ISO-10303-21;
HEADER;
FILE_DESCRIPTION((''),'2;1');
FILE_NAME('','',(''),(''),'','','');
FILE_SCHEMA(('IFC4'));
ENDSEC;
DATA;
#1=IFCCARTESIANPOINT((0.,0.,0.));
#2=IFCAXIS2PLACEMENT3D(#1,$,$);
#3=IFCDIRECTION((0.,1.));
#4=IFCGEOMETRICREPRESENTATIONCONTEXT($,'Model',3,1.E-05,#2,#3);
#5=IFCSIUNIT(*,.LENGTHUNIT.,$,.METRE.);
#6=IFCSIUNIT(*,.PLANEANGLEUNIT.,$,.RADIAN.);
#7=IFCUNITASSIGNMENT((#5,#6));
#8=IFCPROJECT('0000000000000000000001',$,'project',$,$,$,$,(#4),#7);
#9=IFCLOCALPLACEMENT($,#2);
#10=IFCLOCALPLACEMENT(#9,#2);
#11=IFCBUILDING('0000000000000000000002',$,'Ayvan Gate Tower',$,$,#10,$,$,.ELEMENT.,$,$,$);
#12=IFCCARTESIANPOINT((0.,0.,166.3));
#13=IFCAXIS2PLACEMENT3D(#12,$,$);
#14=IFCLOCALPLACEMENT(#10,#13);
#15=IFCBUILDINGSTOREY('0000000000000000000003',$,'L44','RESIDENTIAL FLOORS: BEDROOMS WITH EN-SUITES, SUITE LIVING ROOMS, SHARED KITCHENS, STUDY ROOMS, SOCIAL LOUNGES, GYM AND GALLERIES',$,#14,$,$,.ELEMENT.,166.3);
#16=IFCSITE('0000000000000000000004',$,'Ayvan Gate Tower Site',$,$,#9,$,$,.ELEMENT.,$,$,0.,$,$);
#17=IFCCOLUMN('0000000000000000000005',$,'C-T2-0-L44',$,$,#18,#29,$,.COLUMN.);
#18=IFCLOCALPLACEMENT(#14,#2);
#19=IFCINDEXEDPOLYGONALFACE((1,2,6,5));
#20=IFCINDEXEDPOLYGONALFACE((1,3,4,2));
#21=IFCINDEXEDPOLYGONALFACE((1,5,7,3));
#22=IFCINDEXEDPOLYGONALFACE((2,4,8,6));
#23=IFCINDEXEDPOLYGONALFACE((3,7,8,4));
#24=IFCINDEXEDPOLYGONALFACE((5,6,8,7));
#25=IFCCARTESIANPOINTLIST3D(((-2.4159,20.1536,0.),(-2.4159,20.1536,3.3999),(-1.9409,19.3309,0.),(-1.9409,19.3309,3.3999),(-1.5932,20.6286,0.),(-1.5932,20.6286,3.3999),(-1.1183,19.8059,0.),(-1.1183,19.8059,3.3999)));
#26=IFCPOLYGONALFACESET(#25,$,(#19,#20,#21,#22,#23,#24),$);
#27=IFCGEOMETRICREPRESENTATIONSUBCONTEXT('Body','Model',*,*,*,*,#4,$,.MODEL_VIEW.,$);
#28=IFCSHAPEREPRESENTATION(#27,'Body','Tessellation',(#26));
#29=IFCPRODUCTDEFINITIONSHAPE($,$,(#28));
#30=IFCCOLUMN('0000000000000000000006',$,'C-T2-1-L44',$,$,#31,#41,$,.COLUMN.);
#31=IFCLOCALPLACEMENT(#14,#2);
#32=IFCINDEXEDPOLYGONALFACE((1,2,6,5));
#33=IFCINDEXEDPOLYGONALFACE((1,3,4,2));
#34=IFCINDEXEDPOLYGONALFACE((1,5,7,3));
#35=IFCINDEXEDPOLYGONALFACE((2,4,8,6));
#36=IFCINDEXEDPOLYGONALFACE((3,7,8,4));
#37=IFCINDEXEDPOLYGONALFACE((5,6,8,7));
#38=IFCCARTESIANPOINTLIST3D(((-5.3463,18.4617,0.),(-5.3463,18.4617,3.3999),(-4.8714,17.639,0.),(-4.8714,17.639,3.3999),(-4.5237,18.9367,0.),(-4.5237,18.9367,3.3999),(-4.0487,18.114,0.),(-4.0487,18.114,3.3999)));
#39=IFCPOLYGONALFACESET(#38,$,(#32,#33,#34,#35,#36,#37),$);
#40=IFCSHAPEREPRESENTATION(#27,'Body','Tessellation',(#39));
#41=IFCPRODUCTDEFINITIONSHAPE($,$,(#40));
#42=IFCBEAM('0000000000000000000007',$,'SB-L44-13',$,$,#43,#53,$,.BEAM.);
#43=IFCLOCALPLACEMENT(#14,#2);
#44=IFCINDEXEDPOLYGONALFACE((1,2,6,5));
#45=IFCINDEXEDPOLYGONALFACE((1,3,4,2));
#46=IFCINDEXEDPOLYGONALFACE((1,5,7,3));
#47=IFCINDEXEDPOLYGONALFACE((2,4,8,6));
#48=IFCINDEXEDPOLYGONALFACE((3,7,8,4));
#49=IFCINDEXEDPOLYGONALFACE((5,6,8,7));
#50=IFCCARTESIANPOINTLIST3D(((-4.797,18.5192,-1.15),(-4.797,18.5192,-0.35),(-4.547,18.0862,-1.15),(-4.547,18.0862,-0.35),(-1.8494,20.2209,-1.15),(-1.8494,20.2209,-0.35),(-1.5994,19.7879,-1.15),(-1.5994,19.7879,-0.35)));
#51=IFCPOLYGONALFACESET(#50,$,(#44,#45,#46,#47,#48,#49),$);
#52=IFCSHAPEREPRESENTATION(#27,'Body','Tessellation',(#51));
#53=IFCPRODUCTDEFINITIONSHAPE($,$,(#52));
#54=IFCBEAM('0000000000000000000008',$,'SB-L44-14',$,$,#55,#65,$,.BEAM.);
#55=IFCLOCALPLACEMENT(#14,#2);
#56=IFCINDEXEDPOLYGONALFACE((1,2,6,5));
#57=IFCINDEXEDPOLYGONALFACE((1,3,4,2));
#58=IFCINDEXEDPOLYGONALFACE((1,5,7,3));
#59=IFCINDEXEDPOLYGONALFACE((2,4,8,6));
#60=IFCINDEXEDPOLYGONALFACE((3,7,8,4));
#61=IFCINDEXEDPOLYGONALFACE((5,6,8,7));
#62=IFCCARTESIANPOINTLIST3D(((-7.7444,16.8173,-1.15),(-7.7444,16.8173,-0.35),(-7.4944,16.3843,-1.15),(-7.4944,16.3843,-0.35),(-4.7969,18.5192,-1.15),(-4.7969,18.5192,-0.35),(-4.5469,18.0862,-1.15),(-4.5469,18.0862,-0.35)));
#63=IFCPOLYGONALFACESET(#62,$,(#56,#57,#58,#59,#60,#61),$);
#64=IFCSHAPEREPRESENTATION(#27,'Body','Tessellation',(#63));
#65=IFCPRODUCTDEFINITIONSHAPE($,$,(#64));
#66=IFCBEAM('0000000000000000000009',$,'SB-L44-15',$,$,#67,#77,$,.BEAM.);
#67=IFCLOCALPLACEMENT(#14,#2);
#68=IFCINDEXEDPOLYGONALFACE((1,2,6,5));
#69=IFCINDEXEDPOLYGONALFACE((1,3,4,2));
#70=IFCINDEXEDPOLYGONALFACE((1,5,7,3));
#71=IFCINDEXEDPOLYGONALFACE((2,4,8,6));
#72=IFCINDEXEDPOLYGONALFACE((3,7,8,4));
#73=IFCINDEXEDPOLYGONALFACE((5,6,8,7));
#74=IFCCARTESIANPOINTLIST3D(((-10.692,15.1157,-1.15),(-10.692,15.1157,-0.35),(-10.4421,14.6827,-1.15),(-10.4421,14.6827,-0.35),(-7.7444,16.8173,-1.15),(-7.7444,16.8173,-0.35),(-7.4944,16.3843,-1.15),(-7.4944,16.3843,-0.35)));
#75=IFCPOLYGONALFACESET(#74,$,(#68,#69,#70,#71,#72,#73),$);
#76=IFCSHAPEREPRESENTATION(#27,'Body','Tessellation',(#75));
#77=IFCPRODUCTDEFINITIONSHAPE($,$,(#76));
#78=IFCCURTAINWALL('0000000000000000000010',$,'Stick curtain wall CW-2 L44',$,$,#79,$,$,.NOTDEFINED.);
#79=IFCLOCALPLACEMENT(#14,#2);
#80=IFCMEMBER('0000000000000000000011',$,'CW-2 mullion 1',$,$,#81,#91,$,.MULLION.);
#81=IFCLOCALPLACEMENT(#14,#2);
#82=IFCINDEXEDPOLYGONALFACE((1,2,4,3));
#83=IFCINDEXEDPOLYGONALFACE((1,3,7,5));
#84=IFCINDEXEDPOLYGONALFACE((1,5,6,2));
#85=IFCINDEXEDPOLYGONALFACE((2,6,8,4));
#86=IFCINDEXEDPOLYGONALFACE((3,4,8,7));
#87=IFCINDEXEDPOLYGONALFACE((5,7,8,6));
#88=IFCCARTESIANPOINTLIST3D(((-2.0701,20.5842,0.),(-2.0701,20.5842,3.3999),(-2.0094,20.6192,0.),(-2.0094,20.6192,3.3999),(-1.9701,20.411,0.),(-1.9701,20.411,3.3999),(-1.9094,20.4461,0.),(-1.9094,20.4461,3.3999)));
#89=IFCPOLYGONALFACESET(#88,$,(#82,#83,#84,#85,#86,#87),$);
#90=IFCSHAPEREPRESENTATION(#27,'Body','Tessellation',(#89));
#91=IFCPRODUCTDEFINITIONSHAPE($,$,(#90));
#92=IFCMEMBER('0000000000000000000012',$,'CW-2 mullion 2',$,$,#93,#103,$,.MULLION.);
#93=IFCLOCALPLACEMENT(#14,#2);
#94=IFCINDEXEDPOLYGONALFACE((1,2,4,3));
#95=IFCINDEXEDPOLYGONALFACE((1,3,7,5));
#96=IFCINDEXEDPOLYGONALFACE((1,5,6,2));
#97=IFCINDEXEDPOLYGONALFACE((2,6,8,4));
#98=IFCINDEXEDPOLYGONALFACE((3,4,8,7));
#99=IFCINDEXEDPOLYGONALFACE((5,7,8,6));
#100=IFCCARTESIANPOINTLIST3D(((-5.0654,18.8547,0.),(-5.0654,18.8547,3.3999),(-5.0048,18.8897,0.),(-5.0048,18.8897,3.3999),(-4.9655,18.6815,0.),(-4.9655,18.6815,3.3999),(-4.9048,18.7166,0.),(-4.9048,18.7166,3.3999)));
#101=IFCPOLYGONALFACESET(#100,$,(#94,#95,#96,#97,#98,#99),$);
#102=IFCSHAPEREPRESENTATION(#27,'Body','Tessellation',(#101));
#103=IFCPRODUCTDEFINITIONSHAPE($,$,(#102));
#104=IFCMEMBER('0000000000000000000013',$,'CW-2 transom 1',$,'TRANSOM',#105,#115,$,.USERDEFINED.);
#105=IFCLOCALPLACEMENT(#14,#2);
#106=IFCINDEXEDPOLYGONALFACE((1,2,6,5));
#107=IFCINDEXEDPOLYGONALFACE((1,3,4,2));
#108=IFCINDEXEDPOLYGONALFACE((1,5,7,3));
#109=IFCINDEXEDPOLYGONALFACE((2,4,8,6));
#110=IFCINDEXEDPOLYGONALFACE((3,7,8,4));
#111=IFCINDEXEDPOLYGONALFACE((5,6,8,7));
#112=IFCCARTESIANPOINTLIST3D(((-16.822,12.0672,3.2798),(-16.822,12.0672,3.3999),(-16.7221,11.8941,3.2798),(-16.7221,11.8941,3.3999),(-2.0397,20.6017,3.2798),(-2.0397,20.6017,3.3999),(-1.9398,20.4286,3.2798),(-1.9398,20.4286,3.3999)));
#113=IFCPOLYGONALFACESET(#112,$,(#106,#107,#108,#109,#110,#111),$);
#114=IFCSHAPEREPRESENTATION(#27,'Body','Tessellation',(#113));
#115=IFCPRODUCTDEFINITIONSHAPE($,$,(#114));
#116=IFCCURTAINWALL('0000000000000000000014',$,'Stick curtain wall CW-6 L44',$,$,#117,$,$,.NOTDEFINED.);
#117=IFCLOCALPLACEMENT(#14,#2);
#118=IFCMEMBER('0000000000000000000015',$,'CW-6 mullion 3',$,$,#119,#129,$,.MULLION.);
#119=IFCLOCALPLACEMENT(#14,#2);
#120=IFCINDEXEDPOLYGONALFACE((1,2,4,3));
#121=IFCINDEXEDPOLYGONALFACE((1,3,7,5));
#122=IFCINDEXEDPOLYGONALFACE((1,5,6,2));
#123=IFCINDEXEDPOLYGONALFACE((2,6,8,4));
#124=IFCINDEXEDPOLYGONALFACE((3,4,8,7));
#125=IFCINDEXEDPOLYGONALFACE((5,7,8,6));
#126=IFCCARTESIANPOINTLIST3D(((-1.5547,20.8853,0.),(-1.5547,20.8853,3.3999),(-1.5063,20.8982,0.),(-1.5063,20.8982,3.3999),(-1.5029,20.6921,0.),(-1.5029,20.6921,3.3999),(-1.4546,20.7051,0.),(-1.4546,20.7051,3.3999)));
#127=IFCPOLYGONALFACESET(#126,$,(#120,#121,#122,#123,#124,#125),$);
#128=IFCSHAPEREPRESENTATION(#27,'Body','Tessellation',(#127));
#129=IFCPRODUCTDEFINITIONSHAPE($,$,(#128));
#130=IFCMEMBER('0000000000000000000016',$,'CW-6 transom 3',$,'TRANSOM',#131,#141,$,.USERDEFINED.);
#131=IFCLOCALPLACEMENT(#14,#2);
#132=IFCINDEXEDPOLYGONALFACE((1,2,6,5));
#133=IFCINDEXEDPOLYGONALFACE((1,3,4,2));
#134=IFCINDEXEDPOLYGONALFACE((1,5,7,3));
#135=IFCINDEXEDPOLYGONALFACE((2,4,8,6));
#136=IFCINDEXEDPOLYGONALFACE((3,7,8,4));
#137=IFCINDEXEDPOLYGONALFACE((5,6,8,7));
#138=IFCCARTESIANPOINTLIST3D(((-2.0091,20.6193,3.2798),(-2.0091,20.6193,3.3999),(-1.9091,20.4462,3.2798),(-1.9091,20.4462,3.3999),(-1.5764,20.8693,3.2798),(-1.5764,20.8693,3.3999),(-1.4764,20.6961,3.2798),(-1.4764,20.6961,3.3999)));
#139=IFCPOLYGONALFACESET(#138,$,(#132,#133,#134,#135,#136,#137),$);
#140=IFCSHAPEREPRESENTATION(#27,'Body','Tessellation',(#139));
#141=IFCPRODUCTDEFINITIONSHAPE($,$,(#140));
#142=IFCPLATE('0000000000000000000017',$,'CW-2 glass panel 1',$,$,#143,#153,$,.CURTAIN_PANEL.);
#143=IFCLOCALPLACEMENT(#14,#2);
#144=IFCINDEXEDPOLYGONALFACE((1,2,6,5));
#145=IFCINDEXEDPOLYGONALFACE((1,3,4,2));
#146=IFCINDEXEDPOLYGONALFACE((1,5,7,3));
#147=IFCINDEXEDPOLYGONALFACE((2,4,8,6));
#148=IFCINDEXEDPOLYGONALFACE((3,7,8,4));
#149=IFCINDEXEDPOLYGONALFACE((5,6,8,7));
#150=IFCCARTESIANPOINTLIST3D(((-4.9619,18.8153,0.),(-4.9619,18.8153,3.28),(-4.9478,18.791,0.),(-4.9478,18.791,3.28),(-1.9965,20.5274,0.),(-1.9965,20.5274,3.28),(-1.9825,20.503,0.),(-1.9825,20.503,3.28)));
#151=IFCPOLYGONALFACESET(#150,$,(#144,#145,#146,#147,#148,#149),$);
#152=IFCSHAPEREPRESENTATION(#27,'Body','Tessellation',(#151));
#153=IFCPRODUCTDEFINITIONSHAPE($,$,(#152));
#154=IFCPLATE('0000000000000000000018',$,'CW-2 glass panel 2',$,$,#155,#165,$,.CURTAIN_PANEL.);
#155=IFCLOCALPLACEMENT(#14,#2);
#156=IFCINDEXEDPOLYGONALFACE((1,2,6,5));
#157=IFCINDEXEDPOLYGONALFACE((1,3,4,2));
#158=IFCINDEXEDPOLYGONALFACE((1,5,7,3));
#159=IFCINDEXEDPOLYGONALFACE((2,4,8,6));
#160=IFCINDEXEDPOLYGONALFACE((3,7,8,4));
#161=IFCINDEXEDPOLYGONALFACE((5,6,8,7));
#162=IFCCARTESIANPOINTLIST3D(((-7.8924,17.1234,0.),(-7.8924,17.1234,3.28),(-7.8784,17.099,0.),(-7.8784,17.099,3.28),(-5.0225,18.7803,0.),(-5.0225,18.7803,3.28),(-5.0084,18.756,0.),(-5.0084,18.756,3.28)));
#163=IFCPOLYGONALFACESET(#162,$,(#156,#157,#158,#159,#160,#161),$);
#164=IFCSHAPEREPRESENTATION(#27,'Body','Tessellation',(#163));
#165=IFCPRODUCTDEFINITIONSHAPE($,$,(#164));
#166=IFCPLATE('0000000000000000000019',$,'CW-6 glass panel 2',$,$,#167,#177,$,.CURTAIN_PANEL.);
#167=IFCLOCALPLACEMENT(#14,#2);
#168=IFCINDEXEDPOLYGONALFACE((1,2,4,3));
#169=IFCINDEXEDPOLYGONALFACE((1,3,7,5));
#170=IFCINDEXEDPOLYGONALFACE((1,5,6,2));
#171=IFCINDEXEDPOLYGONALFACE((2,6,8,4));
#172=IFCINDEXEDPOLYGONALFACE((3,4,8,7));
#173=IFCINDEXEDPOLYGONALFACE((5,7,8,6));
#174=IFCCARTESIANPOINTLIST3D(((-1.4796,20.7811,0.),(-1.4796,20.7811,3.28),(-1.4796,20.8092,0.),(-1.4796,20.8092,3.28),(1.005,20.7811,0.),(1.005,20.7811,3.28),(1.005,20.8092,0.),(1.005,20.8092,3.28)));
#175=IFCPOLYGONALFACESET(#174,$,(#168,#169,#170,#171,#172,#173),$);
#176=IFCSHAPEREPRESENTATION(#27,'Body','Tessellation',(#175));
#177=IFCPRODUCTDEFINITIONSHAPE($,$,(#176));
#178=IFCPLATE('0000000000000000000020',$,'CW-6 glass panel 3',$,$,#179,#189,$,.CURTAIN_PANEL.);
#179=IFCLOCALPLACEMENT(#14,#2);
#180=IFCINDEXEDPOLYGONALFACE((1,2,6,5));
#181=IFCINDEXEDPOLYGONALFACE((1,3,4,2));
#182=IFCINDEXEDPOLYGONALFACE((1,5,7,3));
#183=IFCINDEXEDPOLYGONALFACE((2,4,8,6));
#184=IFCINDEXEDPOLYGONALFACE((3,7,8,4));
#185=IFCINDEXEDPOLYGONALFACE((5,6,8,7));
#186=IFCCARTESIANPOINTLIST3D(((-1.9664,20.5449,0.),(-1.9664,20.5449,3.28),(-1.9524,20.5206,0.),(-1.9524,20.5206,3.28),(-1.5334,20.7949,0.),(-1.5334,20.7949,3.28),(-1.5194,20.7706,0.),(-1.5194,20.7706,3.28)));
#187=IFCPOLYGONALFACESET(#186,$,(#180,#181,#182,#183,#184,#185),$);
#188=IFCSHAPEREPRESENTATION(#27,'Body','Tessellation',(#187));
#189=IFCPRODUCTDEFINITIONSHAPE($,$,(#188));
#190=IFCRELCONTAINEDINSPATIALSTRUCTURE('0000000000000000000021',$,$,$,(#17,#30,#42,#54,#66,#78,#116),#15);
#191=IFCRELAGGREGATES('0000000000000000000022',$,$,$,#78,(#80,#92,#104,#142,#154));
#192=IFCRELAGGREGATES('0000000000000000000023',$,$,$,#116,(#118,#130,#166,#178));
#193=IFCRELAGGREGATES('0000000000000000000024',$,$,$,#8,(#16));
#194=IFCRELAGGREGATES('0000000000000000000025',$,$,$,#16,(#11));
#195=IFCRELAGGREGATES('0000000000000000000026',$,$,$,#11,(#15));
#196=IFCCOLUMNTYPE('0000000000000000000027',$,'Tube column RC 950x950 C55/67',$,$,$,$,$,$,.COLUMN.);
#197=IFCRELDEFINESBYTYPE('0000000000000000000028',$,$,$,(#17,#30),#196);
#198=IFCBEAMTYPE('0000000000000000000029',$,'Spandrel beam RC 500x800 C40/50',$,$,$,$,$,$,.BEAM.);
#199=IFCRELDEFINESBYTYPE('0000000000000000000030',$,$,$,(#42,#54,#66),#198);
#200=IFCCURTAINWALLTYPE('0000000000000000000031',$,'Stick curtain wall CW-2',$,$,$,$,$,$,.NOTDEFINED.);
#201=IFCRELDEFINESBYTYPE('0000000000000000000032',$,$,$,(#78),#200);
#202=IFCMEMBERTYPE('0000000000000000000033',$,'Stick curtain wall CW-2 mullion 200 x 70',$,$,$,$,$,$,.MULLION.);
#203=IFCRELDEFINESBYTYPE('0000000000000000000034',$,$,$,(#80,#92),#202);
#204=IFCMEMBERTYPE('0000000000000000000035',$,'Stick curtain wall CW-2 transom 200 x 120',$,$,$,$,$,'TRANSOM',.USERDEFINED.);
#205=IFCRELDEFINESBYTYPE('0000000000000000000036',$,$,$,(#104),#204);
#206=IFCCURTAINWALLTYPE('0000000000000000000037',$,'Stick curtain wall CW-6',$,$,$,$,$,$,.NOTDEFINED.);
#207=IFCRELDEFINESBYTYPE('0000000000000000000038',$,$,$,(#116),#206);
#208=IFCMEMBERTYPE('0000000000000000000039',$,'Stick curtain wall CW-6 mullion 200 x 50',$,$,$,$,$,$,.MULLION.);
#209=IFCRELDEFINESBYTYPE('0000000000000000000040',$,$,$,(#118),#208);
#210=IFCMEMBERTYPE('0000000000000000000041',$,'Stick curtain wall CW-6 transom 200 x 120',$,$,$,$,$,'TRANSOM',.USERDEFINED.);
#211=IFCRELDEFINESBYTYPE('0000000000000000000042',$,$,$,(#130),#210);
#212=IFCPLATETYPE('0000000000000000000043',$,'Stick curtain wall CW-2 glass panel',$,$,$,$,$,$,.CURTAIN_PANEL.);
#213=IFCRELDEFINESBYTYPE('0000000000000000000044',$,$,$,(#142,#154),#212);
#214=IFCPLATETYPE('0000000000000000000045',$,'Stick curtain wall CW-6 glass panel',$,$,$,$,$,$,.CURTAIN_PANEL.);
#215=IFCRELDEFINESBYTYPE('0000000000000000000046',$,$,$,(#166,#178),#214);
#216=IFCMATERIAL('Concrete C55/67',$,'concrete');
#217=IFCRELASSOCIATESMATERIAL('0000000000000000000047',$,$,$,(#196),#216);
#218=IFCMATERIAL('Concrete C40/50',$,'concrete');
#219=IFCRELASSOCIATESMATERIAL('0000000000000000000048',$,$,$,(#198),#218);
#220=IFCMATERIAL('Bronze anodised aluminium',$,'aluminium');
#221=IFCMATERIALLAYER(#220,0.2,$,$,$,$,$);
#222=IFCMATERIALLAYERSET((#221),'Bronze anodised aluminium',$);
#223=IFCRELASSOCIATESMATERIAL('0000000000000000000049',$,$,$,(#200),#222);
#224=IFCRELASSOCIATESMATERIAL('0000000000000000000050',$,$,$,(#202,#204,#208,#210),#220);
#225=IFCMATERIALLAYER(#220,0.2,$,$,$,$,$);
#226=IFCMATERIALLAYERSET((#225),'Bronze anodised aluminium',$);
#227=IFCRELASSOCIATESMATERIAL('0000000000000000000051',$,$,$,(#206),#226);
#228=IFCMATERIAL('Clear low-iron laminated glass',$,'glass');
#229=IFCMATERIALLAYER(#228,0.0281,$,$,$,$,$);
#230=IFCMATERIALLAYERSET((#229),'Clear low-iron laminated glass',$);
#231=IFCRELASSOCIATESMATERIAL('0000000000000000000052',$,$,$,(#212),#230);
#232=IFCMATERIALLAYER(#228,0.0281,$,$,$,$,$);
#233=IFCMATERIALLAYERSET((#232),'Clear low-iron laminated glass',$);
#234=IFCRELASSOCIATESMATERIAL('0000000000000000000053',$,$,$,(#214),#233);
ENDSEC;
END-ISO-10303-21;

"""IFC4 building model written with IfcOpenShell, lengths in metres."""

from ifc_helpers import new_model, si_unit, direction, frame, origin, origin_2d, place, context, subcontext, project, spatial, rectangle, extrude, material, layer, layer_set, material_profile, profile_set, type_object, element, aggregate, save


model = new_model("IFC4")

# Units and contexts
model_context = context("Model", 3, precision=1e-05, world=origin(), true_north=direction((0.0, 1.0)))
body_context = subcontext(model_context, "Body", "Model", "MODEL_VIEW")
ifc_project = project(units=[si_unit("LENGTHUNIT", "METRE"), si_unit("PLANEANGLEUNIT", "RADIAN")], contexts=[model_context])

# Site, building, storey
site_placement = place(None, origin())
site = spatial("IfcSite", under=ifc_project, at=site_placement, Name="Ayvan Gate Tower Site", CompositionType="ELEMENT", RefElevation=0.0)
building_placement = place(site_placement, origin())
building = spatial("IfcBuilding", under=site, at=building_placement, Name="Ayvan Gate Tower", CompositionType="ELEMENT")
storey_placement = place(building_placement, frame((0.0, 0.0, 166.3)))
storey = spatial("IfcBuildingStorey", under=building, at=storey_placement, Name="L44", Description="RESIDENTIAL FLOORS: BEDROOMS WITH EN-SUITES, SUITE LIVING ROOMS, SHARED KITCHENS, STUDY ROOMS, SOCIAL LOUNGES, GYM AND GALLERIES", CompositionType="ELEMENT", Elevation=166.3)

# Columns
ifc_material_1 = material(Name="Concrete C55/67", Category="concrete")
ifc_material_profile_1 = material_profile(ifc_material_1, rectangle(XDim=0.95, YDim=0.95, at=origin_2d()), Name="RC 950x950")
ifc_profile_set_1 = profile_set([ifc_material_profile_1], Name="Concrete C55/67")
column_type = type_object("IfcColumnType", Name="Tube column RC 950x950 C55/67", PredefinedType="COLUMN", material=ifc_profile_set_1)
for number, where, z_axis, x_axis, name in (
    (1, (-1.7671, 19.9797, 0.0), (0.0, 0.0, 1.0), (-0.5, 0.866025, 0.0), "C-T2-0-L44"),
    (2, (-4.6975, 18.2878, 0.0), (0.0, 0.0, 1.0), (-0.5, 0.866025, 0.0), "C-T2-1-L44"),
):
    element("IfcColumn", number, at=place(storey_placement, frame(where, z_axis=z_axis, x_axis=x_axis)), inside=storey, type_object=column_type, Name=name, PredefinedType="COLUMN", context=body_context, shape_type="SweptSolid", body=[
        extrude(rectangle(XDim=0.95, YDim=0.95, at=origin_2d()), origin(), (0.0, 0.0, 1.0), 3.3999),
    ])

# Beams
ifc_material_2 = material(Name="Concrete C40/50", Category="concrete")
ifc_material_profile_2 = material_profile(ifc_material_2, rectangle(XDim=0.5, YDim=0.8, at=origin_2d()), Name="RC 500x800")
ifc_profile_set_2 = profile_set([ifc_material_profile_2], Name="Concrete C40/50")
beam_type = type_object("IfcBeamType", Name="Spandrel beam RC 500x800 C40/50", PredefinedType="BEAM", material=ifc_profile_set_2)
for number, where, z_axis, x_axis, name in (
    (3, (-1.7244, 20.0044, -0.75), (-0.866036, -0.499981, 0.0), (0.499981, -0.866036, 0.0), "SB-L44-13"),
    (4, (-4.6719, 18.3027, -0.75), (-0.866005, -0.500035, 0.0), (0.500035, -0.866005, 0.0), "SB-L44-14"),
    (5, (-7.6194, 16.6008, -0.75), (-0.866054, -0.49995, 0.0), (0.49995, -0.866054, 0.0), "SB-L44-15"),
):
    element("IfcBeam", number, at=place(storey_placement, frame(where, z_axis=z_axis, x_axis=x_axis)), inside=storey, type_object=beam_type, Name=name, PredefinedType="BEAM", context=body_context, shape_type="SweptSolid", body=[
        extrude(rectangle(XDim=0.5, YDim=0.8, at=origin_2d()), origin(), (0.0, 0.0, 1.0), 3.4036),
    ])

# Curtain walls, members
ifc_material_3 = material(Name="Bronze anodised aluminium", Category="aluminium")
ifc_layer_1 = layer(ifc_material_3, 0.2)
ifc_layer_set_1 = layer_set([ifc_layer_1], Name="Bronze anodised aluminium")
curtain_wall_type_1 = type_object("IfcCurtainWallType", Name="Stick curtain wall CW-2", PredefinedType="NOTDEFINED", material=ifc_layer_set_1)
curtain_wall_1_placement = place(storey_placement, origin())
curtain_wall_1 = element("IfcCurtainWall", 6, at=curtain_wall_1_placement, inside=storey, type_object=curtain_wall_type_1, Name="Stick curtain wall CW-2 L44", PredefinedType="NOTDEFINED")
ifc_material_profile_3 = material_profile(ifc_material_3, rectangle(XDim=0.2, YDim=0.0701, at=origin_2d()), Name="Stick curtain wall CW-2 mullion 200 x 70")
ifc_profile_set_3 = profile_set([ifc_material_profile_3], Name="Bronze anodised aluminium")
member_type_1 = type_object("IfcMemberType", Name="Stick curtain wall CW-2 mullion 200 x 70", PredefinedType="MULLION", material=ifc_profile_set_3)
member_1_placement = place(storey_placement, frame((-1.9897, 20.5151, 0.0), z_axis=(0.0, 0.0, 1.0), x_axis=(-0.5, 0.866025, 0.0)))
member_1 = element("IfcMember", 7, at=member_1_placement, type_object=member_type_1, Name="CW-2 mullion 1", PredefinedType="MULLION", context=body_context, shape_type="SweptSolid", body=[
    extrude(rectangle(XDim=0.2, YDim=0.0701, at=origin_2d()), origin(), (0.0, 0.0, 1.0), 3.3999),
])
member_2_placement = place(storey_placement, frame((-4.9851, 18.7856, 0.0), z_axis=(0.0, 0.0, 1.0), x_axis=(-0.5, 0.866025, 0.0)))
member_2 = element("IfcMember", 8, at=member_2_placement, type_object=member_type_1, Name="CW-2 mullion 2", PredefinedType="MULLION", context=body_context, shape_type="SweptSolid", body=[
    extrude(rectangle(XDim=0.2, YDim=0.0701, at=origin_2d()), origin(), (0.0, 0.0, 1.0), 3.3999),
])
ifc_material_profile_4 = material_profile(ifc_material_3, rectangle(XDim=0.2, YDim=0.1201, at=origin_2d()), Name="Stick curtain wall CW-2 transom 200 x 120")
ifc_profile_set_4 = profile_set([ifc_material_profile_4], Name="Bronze anodised aluminium")
member_type_2 = type_object("IfcMemberType", Name="Stick curtain wall CW-2 transom 200 x 120", ElementType="TRANSOM", PredefinedType="USERDEFINED", material=ifc_profile_set_4)
member_3_placement = place(storey_placement, frame((-1.9897, 20.5151, 3.3398), z_axis=(-0.866028, -0.499996, 0.0), x_axis=(0.499996, -0.866028, 0.0)))
member_3 = element("IfcMember", 9, at=member_3_placement, type_object=member_type_2, Name="CW-2 transom 1", ObjectType="TRANSOM", PredefinedType="USERDEFINED", context=body_context, shape_type="SweptSolid", body=[
    extrude(rectangle(XDim=0.2, YDim=0.1201, at=origin_2d()), origin(), (0.0, 0.0, 1.0), 17.0691),
])
ifc_layer_2 = layer(ifc_material_3, 0.2)
ifc_layer_set_2 = layer_set([ifc_layer_2], Name="Bronze anodised aluminium")
curtain_wall_type_2 = type_object("IfcCurtainWallType", Name="Stick curtain wall CW-6", PredefinedType="NOTDEFINED", material=ifc_layer_set_2)
curtain_wall_2_placement = place(storey_placement, origin())
curtain_wall_2 = element("IfcCurtainWall", 10, at=curtain_wall_2_placement, inside=storey, type_object=curtain_wall_type_2, Name="Stick curtain wall CW-6 L44", PredefinedType="NOTDEFINED")
ifc_material_profile_5 = material_profile(ifc_material_3, rectangle(XDim=0.2, YDim=0.05, at=origin_2d()), Name="Stick curtain wall CW-6 mullion 200 x 50")
ifc_profile_set_5 = profile_set([ifc_material_profile_5], Name="Bronze anodised aluminium")
member_type_3 = type_object("IfcMemberType", Name="Stick curtain wall CW-6 mullion 200 x 50", PredefinedType="MULLION", material=ifc_profile_set_5)
member_4_placement = place(storey_placement, frame((-1.5046, 20.7952, 0.0), z_axis=(0.0, 0.0, 1.0), x_axis=(-0.258819, 0.965926, 0.0)))
member_4 = element("IfcMember", 11, at=member_4_placement, type_object=member_type_3, Name="CW-6 mullion 3", PredefinedType="MULLION", context=body_context, shape_type="SweptSolid", body=[
    extrude(rectangle(XDim=0.2, YDim=0.05, at=origin_2d()), origin(), (0.0, 0.0, 1.0), 3.3999),
])
ifc_material_profile_6 = material_profile(ifc_material_3, rectangle(XDim=0.2, YDim=0.1201, at=origin_2d()), Name="Stick curtain wall CW-6 transom 200 x 120")
ifc_profile_set_6 = profile_set([ifc_material_profile_6], Name="Bronze anodised aluminium")
member_type_4 = type_object("IfcMemberType", Name="Stick curtain wall CW-6 transom 200 x 120", ElementType="TRANSOM", PredefinedType="USERDEFINED", material=ifc_profile_set_6)
member_5_placement = place(storey_placement, frame((-1.5264, 20.7827, 3.3398), z_axis=(-0.86595, -0.500131, 0.0), x_axis=(0.500131, -0.86595, 0.0)))
member_5 = element("IfcMember", 12, at=member_5_placement, type_object=member_type_4, Name="CW-6 transom 3", ObjectType="TRANSOM", PredefinedType="USERDEFINED", context=body_context, shape_type="SweptSolid", body=[
    extrude(rectangle(XDim=0.2, YDim=0.1201, at=origin_2d()), origin(), (0.0, 0.0, 1.0), 0.4998),
])

# Plates
ifc_material_4 = material(Name="Clear low-iron laminated glass", Category="glass")
ifc_layer_3 = layer(ifc_material_4, 0.0281)
ifc_layer_set_3 = layer_set([ifc_layer_3], Name="Clear low-iron laminated glass")
plate_type_1 = type_object("IfcPlateType", Name="Stick curtain wall CW-2 glass panel", PredefinedType="CURTAIN_PANEL", material=ifc_layer_set_3)
plate_1_placement = place(storey_placement, frame((-3.4722, 19.6592, 0.0), z_axis=(0.0, 0.0, 1.0), x_axis=(-0.866025, -0.5, 0.0)))
plate_1 = element("IfcPlate", 13, at=plate_1_placement, type_object=plate_type_1, Name="CW-2 glass panel 1", PredefinedType="CURTAIN_PANEL", context=body_context, shape_type="SweptSolid", body=[
    extrude(rectangle(XDim=3.4241, YDim=0.0281, at=origin_2d()), origin(), (0.0, 0.0, 1.0), 3.28),
])
plate_2_placement = place(storey_placement, frame((-6.4504, 17.9397, 0.0), z_axis=(0.0, 0.0, 1.0), x_axis=(-0.866025, -0.5, 0.0)))
plate_2 = element("IfcPlate", 14, at=plate_2_placement, type_object=plate_type_1, Name="CW-2 glass panel 2", PredefinedType="CURTAIN_PANEL", context=body_context, shape_type="SweptSolid", body=[
    extrude(rectangle(XDim=3.314, YDim=0.0281, at=origin_2d()), origin(), (0.0, 0.0, 1.0), 3.28),
])
aggregate(curtain_wall_1, [member_1, member_2, member_3, plate_1, plate_2])
ifc_layer_4 = layer(ifc_material_4, 0.0281)
ifc_layer_set_4 = layer_set([ifc_layer_4], Name="Clear low-iron laminated glass")
plate_type_2 = type_object("IfcPlateType", Name="Stick curtain wall CW-6 glass panel", PredefinedType="CURTAIN_PANEL", material=ifc_layer_set_4)
plate_3_placement = place(storey_placement, frame((-0.2373, 20.7952, 0.0), z_axis=(0.0, 0.0, 1.0), x_axis=(-1.0, 0.0, 0.0)))
plate_3 = element("IfcPlate", 15, at=plate_3_placement, type_object=plate_type_2, Name="CW-6 glass panel 2", PredefinedType="CURTAIN_PANEL", context=body_context, shape_type="SweptSolid", body=[
    extrude(rectangle(XDim=2.4846, YDim=0.0281, at=origin_2d()), origin(), (0.0, 0.0, 1.0), 3.28),
])
plate_4_placement = place(storey_placement, frame((-1.7429, 20.6577, 0.0), z_axis=(0.0, 0.0, 1.0), x_axis=(-0.866025, -0.5, 0.0)))
plate_4 = element("IfcPlate", 16, at=plate_4_placement, type_object=plate_type_2, Name="CW-6 glass panel 3", PredefinedType="CURTAIN_PANEL", context=body_context, shape_type="SweptSolid", body=[
    extrude(rectangle(XDim=0.5, YDim=0.0281, at=origin_2d()), origin(), (0.0, 0.0, 1.0), 3.28),
])
aggregate(curtain_wall_2, [member_4, member_5, plate_3, plate_4])

save(model, "model.ifc")
